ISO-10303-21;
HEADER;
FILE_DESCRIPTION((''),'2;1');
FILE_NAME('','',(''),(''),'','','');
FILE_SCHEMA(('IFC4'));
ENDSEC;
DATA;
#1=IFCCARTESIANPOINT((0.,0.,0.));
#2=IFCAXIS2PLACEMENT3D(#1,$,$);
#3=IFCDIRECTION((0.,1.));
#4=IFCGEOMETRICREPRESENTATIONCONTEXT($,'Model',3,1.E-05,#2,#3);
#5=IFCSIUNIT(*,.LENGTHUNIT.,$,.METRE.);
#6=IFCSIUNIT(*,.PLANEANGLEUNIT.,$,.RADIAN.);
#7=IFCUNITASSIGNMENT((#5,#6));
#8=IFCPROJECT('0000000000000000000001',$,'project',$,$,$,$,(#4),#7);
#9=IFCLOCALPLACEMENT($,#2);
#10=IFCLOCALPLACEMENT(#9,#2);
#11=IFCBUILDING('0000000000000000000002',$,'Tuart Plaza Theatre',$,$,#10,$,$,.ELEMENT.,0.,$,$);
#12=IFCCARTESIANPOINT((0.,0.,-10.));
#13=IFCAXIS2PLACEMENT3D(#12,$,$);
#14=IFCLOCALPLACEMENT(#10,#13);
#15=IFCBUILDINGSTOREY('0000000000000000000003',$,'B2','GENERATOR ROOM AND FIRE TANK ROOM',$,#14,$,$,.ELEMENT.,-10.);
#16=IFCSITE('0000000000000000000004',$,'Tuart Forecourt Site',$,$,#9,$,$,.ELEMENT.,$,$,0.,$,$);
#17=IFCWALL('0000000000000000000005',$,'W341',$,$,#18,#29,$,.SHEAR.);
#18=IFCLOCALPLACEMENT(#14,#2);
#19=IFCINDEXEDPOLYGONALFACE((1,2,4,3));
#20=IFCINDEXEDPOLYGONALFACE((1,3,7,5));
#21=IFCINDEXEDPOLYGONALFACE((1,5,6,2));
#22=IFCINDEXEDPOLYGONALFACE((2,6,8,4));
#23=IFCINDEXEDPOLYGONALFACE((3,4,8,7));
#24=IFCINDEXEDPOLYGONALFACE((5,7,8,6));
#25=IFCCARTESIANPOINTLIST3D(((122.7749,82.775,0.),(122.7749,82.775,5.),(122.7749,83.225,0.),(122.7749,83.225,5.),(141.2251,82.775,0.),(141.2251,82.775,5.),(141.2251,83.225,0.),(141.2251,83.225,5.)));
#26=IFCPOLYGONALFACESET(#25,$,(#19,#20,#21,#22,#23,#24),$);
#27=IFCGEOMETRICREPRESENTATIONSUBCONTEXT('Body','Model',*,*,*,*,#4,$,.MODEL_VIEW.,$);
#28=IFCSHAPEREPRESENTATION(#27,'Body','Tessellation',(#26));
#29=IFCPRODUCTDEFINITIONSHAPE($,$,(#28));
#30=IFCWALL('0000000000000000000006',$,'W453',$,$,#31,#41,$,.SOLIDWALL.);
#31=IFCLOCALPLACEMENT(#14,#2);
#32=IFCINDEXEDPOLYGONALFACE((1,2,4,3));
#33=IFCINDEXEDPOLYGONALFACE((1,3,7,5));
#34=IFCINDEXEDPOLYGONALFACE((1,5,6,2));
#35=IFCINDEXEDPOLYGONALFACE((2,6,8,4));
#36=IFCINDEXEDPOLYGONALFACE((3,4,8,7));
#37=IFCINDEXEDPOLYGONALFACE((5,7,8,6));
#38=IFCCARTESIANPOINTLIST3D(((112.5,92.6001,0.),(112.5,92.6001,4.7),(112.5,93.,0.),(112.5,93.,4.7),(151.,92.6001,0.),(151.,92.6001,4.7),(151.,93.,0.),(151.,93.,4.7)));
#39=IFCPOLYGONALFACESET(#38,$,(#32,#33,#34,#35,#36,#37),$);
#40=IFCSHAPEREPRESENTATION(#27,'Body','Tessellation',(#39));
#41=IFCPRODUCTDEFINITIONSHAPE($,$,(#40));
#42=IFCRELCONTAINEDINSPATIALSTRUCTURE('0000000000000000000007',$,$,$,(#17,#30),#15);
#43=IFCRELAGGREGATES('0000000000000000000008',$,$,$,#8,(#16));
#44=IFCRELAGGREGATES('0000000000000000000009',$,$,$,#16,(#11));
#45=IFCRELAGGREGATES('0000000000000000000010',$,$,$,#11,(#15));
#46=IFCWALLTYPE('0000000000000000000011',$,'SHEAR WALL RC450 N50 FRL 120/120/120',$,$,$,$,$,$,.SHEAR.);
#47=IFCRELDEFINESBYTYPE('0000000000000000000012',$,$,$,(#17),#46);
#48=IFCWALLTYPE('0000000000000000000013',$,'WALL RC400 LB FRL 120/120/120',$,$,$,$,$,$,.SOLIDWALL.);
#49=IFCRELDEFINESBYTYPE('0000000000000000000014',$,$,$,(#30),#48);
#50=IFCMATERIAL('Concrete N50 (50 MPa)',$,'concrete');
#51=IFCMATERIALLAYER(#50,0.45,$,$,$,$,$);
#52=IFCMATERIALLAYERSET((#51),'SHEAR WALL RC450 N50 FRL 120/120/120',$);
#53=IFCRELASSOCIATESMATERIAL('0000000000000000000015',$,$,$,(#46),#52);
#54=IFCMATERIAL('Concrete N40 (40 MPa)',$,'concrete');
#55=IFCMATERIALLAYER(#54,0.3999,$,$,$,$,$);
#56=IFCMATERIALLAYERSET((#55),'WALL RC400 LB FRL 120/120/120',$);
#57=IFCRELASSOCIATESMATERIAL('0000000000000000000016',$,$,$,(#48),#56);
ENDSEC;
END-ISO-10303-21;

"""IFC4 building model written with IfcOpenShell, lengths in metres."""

from ifc_helpers import new_model, si_unit, direction, frame, frame_2d, origin, place, context, subcontext, project, spatial, rectangle, extrude, material, layer, layer_set, type_object, element, save


model = new_model("IFC4")

# Units and contexts
model_context = context("Model", 3, precision=1e-05, world=origin(), true_north=direction((0.0, 1.0)))
body_context = subcontext(model_context, "Body", "Model", "MODEL_VIEW")
ifc_project = project(units=[si_unit("LENGTHUNIT", "METRE"), si_unit("PLANEANGLEUNIT", "RADIAN")], contexts=[model_context])

# Site, building, storey
site_placement = place(None, origin())
site = spatial("IfcSite", under=ifc_project, at=site_placement, Name="Tuart Forecourt Site", CompositionType="ELEMENT", RefElevation=0.0)
building_placement = place(site_placement, origin())
building = spatial("IfcBuilding", under=site, at=building_placement, Name="Tuart Plaza Theatre", CompositionType="ELEMENT", ElevationOfRefHeight=0.0)
storey_placement = place(building_placement, frame((0.0, 0.0, -10.0)))
storey = spatial("IfcBuildingStorey", under=building, at=storey_placement, Name="B2", Description="GENERATOR ROOM AND FIRE TANK ROOM", CompositionType="ELEMENT", Elevation=-10.0)

# Walls
ifc_material_1 = material(Name="Concrete N50 (50 MPa)", Category="concrete")
ifc_layer_1 = layer(ifc_material_1, 0.45)
ifc_layer_set_1 = layer_set([ifc_layer_1], Name="SHEAR WALL RC450 N50 FRL 120/120/120")
wall_type_1 = type_object("IfcWallType", Name="SHEAR WALL RC450 N50 FRL 120/120/120", PredefinedType="SHEAR", material=ifc_layer_set_1)
wall_1_placement = place(storey_placement, frame((141.2251, 83.0, 0.0), z_axis=(0.0, 0.0, 1.0), x_axis=(-1.0, 0.0, 0.0)))
element("IfcWall", 1, at=wall_1_placement, inside=storey, type_object=wall_type_1, Name="W341", PredefinedType="SHEAR", context=body_context, shape_type="SweptSolid", body=[
    extrude(rectangle(XDim=18.4502, YDim=0.45, at=frame_2d((9.2251, 0.0))), origin(), (0.0, 0.0, 1.0), 5.0),
])
ifc_material_2 = material(Name="Concrete N40 (40 MPa)", Category="concrete")
ifc_layer_2 = layer(ifc_material_2, 0.3999)
ifc_layer_set_2 = layer_set([ifc_layer_2], Name="WALL RC400 LB FRL 120/120/120")
wall_type_2 = type_object("IfcWallType", Name="WALL RC400 LB FRL 120/120/120", PredefinedType="SOLIDWALL", material=ifc_layer_set_2)
wall_2_placement = place(storey_placement, frame((151.0, 92.8, 0.0), z_axis=(0.0, 0.0, 1.0), x_axis=(-1.0, 0.0, 0.0)))
element("IfcWall", 2, at=wall_2_placement, inside=storey, type_object=wall_type_2, Name="W453", PredefinedType="SOLIDWALL", context=body_context, shape_type="SweptSolid", body=[
    extrude(rectangle(XDim=38.5, YDim=0.3999, at=frame_2d((19.25, 0.0))), origin(), (0.0, 0.0, 1.0), 4.7),
])

save(model, "model.ifc")
